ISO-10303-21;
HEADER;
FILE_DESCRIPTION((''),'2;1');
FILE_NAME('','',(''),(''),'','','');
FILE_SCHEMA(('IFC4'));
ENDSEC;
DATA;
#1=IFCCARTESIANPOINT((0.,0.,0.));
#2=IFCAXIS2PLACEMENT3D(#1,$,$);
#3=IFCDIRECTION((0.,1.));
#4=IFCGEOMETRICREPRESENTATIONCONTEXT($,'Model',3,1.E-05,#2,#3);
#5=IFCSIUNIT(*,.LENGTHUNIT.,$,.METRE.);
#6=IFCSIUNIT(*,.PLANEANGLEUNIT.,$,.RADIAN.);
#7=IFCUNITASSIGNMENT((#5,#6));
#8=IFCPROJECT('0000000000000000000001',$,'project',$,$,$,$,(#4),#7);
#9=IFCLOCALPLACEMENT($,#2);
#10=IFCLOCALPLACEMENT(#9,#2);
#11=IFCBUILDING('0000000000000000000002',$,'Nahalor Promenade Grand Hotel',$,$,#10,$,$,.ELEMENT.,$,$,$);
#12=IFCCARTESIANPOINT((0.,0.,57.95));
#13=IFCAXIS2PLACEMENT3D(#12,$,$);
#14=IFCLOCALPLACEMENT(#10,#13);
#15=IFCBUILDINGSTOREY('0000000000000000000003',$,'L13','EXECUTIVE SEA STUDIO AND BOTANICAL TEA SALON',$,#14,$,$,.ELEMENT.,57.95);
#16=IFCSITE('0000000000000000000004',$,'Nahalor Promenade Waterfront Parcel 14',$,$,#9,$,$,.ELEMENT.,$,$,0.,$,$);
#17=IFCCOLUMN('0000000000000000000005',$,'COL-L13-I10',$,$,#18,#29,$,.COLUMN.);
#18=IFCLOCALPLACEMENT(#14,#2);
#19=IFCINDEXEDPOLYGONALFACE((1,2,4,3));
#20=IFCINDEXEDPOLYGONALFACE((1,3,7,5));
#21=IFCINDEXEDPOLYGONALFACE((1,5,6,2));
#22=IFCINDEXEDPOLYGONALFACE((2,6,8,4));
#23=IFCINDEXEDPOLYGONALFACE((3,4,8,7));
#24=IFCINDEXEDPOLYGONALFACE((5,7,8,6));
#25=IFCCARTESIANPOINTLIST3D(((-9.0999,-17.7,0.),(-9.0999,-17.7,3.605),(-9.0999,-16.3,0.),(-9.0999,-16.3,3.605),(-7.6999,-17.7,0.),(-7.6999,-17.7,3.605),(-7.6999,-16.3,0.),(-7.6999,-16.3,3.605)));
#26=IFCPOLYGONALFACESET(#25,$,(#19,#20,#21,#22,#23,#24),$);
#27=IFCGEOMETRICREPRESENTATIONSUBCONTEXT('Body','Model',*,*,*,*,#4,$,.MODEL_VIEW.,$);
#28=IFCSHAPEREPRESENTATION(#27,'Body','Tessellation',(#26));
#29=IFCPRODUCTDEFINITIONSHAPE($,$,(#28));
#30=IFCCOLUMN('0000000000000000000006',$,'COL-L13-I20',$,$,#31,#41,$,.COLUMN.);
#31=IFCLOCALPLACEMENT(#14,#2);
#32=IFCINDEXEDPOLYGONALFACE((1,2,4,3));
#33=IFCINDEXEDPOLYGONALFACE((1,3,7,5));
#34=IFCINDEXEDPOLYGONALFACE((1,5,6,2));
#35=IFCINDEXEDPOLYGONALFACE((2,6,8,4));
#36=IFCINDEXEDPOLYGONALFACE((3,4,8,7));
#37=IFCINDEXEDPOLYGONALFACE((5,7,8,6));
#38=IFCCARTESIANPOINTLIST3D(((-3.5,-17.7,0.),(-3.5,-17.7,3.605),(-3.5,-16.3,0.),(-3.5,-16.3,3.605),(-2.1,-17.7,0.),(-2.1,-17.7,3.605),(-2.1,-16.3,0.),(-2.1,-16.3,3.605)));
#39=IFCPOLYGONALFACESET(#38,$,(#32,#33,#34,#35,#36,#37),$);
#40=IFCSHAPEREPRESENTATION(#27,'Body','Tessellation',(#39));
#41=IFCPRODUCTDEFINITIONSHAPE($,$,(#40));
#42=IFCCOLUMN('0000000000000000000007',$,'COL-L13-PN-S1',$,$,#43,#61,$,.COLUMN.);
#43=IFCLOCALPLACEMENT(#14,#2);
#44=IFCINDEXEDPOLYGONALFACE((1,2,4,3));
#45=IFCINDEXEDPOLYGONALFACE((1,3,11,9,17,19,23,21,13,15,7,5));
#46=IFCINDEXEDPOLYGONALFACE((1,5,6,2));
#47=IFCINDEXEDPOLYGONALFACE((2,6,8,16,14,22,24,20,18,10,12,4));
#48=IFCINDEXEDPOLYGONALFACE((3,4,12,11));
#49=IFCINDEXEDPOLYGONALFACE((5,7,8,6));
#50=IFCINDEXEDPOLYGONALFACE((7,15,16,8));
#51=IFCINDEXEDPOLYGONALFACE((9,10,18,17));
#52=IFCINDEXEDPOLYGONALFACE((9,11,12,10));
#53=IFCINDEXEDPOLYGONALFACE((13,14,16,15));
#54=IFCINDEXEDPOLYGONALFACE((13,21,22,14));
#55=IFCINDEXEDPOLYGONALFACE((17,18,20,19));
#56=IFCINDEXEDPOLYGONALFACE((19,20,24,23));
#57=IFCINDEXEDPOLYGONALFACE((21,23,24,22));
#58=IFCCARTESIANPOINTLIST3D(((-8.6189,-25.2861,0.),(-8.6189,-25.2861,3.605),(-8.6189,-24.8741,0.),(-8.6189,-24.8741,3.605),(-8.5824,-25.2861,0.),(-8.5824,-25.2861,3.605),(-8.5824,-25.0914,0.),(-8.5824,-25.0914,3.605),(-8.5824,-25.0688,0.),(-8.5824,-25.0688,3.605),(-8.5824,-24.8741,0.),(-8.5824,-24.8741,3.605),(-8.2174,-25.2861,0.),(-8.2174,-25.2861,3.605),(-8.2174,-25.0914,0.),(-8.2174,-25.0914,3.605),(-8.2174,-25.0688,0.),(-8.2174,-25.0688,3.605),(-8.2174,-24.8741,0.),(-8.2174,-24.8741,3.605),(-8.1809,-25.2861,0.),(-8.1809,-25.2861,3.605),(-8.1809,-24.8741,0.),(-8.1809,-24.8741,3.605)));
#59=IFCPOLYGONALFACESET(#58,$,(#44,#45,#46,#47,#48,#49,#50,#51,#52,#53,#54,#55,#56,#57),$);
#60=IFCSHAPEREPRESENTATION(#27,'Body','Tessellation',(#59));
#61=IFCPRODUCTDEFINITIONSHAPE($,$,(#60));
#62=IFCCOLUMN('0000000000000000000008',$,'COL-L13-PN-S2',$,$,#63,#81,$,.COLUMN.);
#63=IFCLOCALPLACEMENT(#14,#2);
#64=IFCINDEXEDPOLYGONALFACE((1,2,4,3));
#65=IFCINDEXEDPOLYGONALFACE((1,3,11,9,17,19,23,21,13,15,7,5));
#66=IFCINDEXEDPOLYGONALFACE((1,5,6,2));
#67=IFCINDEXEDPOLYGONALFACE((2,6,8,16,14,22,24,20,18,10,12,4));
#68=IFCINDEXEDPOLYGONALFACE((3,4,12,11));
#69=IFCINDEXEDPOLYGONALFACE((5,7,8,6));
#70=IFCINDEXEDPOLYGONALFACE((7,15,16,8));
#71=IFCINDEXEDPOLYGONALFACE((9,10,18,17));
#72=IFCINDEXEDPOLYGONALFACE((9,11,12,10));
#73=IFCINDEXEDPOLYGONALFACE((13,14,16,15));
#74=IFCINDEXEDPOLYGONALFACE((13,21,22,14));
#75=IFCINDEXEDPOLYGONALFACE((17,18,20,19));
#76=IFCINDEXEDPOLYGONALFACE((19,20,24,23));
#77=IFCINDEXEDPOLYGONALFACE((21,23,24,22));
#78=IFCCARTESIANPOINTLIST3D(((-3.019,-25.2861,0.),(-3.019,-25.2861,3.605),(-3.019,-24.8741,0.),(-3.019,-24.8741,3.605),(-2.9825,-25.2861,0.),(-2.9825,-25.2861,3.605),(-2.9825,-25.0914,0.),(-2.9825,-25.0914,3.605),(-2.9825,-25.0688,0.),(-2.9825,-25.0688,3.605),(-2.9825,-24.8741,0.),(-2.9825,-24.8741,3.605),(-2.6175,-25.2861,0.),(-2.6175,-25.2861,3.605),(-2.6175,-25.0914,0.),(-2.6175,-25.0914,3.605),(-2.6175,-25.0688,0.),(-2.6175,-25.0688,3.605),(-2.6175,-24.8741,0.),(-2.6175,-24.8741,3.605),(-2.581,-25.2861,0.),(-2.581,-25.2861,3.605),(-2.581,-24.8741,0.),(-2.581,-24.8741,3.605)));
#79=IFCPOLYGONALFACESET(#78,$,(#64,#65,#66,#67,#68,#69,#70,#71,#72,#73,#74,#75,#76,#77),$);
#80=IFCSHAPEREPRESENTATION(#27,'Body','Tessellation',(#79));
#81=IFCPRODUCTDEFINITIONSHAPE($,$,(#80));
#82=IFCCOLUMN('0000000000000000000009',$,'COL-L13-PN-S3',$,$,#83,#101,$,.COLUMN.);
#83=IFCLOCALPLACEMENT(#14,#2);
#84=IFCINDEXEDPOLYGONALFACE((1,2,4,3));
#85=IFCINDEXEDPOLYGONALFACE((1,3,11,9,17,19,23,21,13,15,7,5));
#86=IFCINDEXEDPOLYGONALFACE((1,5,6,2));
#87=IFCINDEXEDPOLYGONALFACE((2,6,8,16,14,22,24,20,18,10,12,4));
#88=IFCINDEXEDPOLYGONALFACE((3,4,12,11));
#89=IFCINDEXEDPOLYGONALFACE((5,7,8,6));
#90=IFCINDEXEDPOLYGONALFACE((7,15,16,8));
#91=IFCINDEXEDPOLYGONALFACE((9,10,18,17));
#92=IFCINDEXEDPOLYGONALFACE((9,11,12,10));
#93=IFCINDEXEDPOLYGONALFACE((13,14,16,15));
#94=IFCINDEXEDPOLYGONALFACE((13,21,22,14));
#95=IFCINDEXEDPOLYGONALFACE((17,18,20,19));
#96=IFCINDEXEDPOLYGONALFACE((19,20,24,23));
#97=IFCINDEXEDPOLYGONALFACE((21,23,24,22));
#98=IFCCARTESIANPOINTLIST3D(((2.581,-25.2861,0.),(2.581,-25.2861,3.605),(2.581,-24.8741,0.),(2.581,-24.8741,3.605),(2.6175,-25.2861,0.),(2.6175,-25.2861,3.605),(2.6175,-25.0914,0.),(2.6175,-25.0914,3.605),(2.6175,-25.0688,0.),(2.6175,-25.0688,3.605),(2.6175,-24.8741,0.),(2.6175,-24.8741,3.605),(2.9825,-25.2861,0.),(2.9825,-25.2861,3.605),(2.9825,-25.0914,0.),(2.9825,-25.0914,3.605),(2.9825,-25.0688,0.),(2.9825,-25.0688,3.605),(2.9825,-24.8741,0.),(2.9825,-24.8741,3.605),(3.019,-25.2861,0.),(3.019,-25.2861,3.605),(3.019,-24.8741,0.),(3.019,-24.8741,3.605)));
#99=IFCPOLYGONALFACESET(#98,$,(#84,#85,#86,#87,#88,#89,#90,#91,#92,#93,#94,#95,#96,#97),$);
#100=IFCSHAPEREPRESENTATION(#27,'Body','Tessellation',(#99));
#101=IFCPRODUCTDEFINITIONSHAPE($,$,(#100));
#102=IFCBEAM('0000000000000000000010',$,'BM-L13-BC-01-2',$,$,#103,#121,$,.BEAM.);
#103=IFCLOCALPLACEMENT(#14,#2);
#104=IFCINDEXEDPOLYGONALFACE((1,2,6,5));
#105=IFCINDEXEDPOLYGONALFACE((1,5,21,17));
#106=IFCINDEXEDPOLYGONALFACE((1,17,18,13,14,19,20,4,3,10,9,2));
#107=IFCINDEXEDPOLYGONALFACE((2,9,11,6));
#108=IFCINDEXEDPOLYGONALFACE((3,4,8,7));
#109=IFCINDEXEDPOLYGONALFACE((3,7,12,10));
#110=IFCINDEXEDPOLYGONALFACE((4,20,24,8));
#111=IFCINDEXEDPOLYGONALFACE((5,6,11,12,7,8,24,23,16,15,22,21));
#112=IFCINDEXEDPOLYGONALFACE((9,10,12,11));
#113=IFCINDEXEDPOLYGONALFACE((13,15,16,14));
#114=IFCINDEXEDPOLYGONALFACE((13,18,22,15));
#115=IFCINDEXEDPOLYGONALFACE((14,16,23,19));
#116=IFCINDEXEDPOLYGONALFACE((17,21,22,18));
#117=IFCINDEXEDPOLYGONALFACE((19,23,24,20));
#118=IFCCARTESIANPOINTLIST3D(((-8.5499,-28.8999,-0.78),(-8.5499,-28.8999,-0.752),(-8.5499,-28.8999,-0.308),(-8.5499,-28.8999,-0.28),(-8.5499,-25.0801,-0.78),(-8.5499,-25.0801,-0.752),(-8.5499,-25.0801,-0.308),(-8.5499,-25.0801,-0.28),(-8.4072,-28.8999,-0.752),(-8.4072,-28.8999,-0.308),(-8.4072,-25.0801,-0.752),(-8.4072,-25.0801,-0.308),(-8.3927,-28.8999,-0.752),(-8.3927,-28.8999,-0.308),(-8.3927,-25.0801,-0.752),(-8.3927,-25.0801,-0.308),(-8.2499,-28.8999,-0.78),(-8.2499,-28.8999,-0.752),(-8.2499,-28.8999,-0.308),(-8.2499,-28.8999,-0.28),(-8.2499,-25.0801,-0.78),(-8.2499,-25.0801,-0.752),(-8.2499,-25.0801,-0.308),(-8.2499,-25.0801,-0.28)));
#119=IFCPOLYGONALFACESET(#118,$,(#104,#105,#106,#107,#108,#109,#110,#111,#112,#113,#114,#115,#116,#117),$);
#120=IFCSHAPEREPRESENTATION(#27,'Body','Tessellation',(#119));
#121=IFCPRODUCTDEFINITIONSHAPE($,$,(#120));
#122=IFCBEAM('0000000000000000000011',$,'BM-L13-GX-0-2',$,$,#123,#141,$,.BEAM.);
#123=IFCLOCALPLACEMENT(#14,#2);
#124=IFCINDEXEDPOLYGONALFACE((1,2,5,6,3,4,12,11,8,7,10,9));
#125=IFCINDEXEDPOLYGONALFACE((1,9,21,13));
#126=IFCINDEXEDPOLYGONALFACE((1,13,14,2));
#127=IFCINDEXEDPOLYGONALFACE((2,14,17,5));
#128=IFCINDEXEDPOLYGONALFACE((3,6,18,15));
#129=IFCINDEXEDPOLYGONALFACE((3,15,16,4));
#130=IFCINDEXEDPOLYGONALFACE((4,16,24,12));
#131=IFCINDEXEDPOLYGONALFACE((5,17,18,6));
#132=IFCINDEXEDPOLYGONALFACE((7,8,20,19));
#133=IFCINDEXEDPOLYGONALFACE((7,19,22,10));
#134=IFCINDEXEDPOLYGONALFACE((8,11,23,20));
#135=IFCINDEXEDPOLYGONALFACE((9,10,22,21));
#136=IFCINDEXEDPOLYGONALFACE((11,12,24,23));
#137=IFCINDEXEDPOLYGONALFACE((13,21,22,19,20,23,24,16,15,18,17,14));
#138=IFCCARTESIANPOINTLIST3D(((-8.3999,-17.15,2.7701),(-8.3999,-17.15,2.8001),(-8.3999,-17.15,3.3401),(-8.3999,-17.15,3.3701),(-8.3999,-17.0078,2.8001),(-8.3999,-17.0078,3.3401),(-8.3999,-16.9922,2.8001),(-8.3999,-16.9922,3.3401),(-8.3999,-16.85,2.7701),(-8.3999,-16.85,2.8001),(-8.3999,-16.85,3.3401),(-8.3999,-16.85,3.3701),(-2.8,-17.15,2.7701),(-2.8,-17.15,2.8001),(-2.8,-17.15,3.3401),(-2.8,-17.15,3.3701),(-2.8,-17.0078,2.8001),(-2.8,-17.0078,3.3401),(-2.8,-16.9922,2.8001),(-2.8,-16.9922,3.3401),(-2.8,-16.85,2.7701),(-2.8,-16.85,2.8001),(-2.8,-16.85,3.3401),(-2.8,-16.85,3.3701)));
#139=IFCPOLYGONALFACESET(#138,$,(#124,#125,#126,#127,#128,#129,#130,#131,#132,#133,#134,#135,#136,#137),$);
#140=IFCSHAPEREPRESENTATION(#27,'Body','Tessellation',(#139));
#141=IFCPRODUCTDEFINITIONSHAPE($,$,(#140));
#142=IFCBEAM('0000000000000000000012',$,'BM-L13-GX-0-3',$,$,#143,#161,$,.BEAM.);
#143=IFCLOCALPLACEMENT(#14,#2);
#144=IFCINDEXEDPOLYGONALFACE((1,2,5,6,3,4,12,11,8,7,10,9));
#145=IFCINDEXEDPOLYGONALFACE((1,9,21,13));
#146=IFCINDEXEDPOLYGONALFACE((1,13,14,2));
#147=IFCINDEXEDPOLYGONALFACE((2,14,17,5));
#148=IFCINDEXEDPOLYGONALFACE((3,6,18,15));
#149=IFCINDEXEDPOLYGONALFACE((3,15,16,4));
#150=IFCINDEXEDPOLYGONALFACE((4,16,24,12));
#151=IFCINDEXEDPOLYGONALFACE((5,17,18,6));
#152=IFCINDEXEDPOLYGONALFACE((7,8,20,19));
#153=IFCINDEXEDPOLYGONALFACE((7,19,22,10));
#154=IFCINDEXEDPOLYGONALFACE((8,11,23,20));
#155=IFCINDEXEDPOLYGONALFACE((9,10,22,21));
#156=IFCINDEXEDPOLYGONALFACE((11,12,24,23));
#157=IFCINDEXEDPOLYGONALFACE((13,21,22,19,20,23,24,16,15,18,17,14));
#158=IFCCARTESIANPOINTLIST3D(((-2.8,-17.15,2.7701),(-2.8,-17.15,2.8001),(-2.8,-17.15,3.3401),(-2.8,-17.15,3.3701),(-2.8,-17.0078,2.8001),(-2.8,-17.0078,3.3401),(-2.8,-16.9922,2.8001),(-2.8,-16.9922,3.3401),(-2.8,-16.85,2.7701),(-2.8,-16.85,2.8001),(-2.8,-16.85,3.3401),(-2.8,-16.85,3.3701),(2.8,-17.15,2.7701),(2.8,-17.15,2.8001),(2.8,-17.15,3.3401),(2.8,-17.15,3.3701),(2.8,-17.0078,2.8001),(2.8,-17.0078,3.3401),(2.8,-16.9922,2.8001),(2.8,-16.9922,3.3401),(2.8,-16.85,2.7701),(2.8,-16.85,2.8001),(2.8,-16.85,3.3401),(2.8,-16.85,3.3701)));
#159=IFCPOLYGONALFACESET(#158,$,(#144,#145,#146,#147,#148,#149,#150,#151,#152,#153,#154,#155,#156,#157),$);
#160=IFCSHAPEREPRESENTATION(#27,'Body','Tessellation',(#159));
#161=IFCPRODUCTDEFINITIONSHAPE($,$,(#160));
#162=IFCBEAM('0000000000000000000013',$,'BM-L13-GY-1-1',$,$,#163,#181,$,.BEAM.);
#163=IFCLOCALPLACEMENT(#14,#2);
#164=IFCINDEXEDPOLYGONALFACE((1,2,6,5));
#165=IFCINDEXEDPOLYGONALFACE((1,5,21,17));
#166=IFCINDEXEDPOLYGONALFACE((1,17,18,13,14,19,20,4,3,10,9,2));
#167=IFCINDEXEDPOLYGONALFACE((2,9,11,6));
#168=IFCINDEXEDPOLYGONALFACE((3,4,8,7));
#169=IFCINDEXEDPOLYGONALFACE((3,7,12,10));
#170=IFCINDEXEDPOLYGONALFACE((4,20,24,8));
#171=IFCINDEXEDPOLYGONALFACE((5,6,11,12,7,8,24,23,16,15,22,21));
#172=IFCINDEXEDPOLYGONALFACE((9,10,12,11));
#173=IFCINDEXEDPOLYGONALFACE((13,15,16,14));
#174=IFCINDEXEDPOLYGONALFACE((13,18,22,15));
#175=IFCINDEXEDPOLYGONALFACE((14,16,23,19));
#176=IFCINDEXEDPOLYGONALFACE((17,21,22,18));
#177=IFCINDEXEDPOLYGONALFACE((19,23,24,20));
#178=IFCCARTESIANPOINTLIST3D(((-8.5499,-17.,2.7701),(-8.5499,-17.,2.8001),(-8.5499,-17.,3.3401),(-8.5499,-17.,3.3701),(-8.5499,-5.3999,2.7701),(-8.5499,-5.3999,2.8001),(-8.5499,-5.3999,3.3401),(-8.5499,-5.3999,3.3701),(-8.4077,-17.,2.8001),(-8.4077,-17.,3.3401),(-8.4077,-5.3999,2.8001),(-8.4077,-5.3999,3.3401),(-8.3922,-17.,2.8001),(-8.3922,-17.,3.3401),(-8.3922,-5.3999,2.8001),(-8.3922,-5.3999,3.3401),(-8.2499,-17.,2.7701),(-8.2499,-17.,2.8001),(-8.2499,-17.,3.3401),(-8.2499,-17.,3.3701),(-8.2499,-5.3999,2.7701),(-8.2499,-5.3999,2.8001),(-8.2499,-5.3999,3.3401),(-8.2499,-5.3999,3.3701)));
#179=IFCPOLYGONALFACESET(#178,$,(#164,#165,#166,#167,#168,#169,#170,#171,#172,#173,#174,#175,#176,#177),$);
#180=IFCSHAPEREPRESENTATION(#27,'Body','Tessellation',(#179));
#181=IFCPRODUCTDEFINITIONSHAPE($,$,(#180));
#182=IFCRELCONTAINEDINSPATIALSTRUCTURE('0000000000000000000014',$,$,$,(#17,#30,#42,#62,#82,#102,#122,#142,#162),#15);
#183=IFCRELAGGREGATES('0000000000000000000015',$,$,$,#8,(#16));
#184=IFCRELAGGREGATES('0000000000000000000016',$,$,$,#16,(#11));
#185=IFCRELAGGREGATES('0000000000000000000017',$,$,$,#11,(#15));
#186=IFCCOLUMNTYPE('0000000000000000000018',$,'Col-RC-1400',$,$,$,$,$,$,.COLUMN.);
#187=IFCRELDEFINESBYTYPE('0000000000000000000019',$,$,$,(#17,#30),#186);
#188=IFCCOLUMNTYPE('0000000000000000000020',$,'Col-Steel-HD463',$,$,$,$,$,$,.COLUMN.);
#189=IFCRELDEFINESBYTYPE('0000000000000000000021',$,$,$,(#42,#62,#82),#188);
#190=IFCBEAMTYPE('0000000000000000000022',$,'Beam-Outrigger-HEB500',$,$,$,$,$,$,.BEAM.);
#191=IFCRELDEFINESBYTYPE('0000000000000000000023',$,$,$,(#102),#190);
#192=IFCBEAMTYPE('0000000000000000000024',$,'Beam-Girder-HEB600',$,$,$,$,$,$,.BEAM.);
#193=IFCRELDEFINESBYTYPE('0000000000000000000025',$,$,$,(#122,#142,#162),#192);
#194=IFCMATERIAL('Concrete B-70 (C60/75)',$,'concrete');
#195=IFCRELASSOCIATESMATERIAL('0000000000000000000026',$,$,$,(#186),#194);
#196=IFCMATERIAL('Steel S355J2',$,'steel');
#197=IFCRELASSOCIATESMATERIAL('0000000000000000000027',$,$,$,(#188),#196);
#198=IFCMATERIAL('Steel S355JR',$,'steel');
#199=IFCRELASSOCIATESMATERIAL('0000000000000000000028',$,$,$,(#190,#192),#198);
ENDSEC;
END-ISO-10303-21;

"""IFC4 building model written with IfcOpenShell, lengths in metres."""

from ifc_helpers import new_model, si_unit, direction, frame, origin, origin_2d, place, context, subcontext, project, spatial, rectangle, i_section, extrude, source, transform, mapped, material, material_profile, profile_set, type_object, element, save


model = new_model("IFC4")

# Units and contexts
model_context = context("Model", 3, precision=1e-05, world=origin(), true_north=direction((0.0, 1.0)))
body_context = subcontext(model_context, "Body", "Model", "MODEL_VIEW")
ifc_project = project(units=[si_unit("LENGTHUNIT", "METRE"), si_unit("PLANEANGLEUNIT", "RADIAN")], contexts=[model_context])

# Site, building, storey
site_placement = place(None, origin())
site = spatial("IfcSite", under=ifc_project, at=site_placement, Name="Nahalor Promenade Waterfront Parcel 14", CompositionType="ELEMENT", RefElevation=0.0)
building_placement = place(site_placement, origin())
building = spatial("IfcBuilding", under=site, at=building_placement, Name="Nahalor Promenade Grand Hotel", CompositionType="ELEMENT")
storey_placement = place(building_placement, frame((0.0, 0.0, 57.95)))
storey = spatial("IfcBuildingStorey", under=building, at=storey_placement, Name="L13", Description="EXECUTIVE SEA STUDIO AND BOTANICAL TEA SALON", CompositionType="ELEMENT", Elevation=57.95)

# Columns
ifc_material_1 = material(Name="Concrete B-70 (C60/75)", Category="concrete")
ifc_material_profile_1 = material_profile(ifc_material_1, rectangle(XDim=1.4, YDim=1.4, at=origin_2d()), Name="RC 1400x1400")
ifc_profile_set_1 = profile_set([ifc_material_profile_1], Name="Concrete B-70 (C60/75)")
column_type_1 = type_object("IfcColumnType", Name="Col-RC-1400", PredefinedType="COLUMN", material=ifc_profile_set_1)
shared_shape_1 = source(origin(), body_context, "Body", "SweptSolid", [
    extrude(rectangle(XDim=1.4, YDim=1.4, at=origin_2d()), origin(), (0.0, 0.0, 1.0), 3.605),
])
for number, where, z_axis, x_axis, name in (
    (1, (-8.3999, -17.0, 0.0), (0.0, 0.0, 1.0), (1.0, 0.0, 0.0), "COL-L13-I10"),
    (2, (-2.8, -17.0, 0.0), (0.0, 0.0, 1.0), (1.0, 0.0, 0.0), "COL-L13-I20"),
):
    element("IfcColumn", number, at=place(storey_placement, frame(where, z_axis=z_axis, x_axis=x_axis)), inside=storey, type_object=column_type_1, Name=name, PredefinedType="COLUMN", context=body_context, shape_type="MappedRepresentation", body=[
        mapped(shared_shape_1, transform((0.0, 0.0, 0.0), scale=1.0)),
    ])
ifc_material_2 = material(Name="Steel S355J2", Category="steel")
ifc_material_profile_2 = material_profile(ifc_material_2, i_section(OverallWidth=0.412, OverallDepth=0.438, WebThickness=0.0226, FlangeThickness=0.0365, at=origin_2d()), Name="HD 400x463")
ifc_profile_set_2 = profile_set([ifc_material_profile_2], Name="Steel S355J2")
column_type_2 = type_object("IfcColumnType", Name="Col-Steel-HD463", PredefinedType="COLUMN", material=ifc_profile_set_2)
shared_shape_2 = source(origin(), body_context, "Body", "SweptSolid", [
    extrude(i_section(OverallWidth=0.412, OverallDepth=0.438, WebThickness=0.0226, FlangeThickness=0.0365, at=origin_2d()), origin(), (0.0, 0.0, 1.0), 3.605),
])
for number, where, z_axis, x_axis, name in (
    (3, (-8.3999, -25.0801, 0.0), (0.0, 0.0, 1.0), (0.0, 1.0, 0.0), "COL-L13-PN-S1"),
    (4, (-2.8, -25.0801, 0.0), (0.0, 0.0, 1.0), (0.0, 1.0, 0.0), "COL-L13-PN-S2"),
    (5, (2.8, -25.0801, 0.0), (0.0, 0.0, 1.0), (0.0, 1.0, 0.0), "COL-L13-PN-S3"),
):
    element("IfcColumn", number, at=place(storey_placement, frame(where, z_axis=z_axis, x_axis=x_axis)), inside=storey, type_object=column_type_2, Name=name, PredefinedType="COLUMN", context=body_context, shape_type="MappedRepresentation", body=[
        mapped(shared_shape_2, transform((0.0, 0.0, 0.0), scale=1.0)),
    ])

# Beams
ifc_material_3 = material(Name="Steel S355JR", Category="steel")
ifc_material_profile_3 = material_profile(ifc_material_3, i_section(OverallWidth=0.3, OverallDepth=0.5, WebThickness=0.0145, FlangeThickness=0.028, at=origin_2d()), Name="HEB 500")
ifc_profile_set_3 = profile_set([ifc_material_profile_3], Name="Steel S355JR")
beam_type_1 = type_object("IfcBeamType", Name="Beam-Outrigger-HEB500", PredefinedType="BEAM", material=ifc_profile_set_3)
shared_shape_3 = source(origin(), body_context, "Body", "SweptSolid", [
    extrude(i_section(OverallWidth=0.3, OverallDepth=0.5, WebThickness=0.0145, FlangeThickness=0.028, at=origin_2d()), origin(), (0.0, 0.0, 1.0), 3.8198),
])
beam_1_placement = place(storey_placement, frame((-8.3999, -28.8999, -0.53), z_axis=(0.0, 1.0, 0.0), x_axis=(-1.0, 0.0, 0.0)))
element("IfcBeam", 6, at=beam_1_placement, inside=storey, type_object=beam_type_1, Name="BM-L13-BC-01-2", PredefinedType="BEAM", context=body_context, shape_type="MappedRepresentation", body=[
    mapped(shared_shape_3, transform((0.0, 0.0, 0.0), scale=1.0)),
])
ifc_material_profile_4 = material_profile(ifc_material_3, i_section(OverallWidth=0.3, OverallDepth=0.6, WebThickness=0.0155, FlangeThickness=0.03, at=origin_2d()), Name="HEB 600")
ifc_profile_set_4 = profile_set([ifc_material_profile_4], Name="Steel S355JR")
beam_type_2 = type_object("IfcBeamType", Name="Beam-Girder-HEB600", PredefinedType="BEAM", material=ifc_profile_set_4)
shared_shape_4 = source(origin(), body_context, "Body", "SweptSolid", [
    extrude(i_section(OverallWidth=0.3, OverallDepth=0.6, WebThickness=0.0155, FlangeThickness=0.03, at=origin_2d()), origin(), (0.0, 0.0, 1.0), 5.5999),
])
beam_2_placement = place(storey_placement, frame((-8.3999, -17.0, 3.0701), z_axis=(1.0, 0.0, 0.0), x_axis=(0.0, 1.0, 0.0)))
element("IfcBeam", 7, at=beam_2_placement, inside=storey, type_object=beam_type_2, Name="BM-L13-GX-0-2", PredefinedType="BEAM", context=body_context, shape_type="MappedRepresentation", body=[
    mapped(shared_shape_4, transform((0.0, 0.0, 0.0), scale=1.0)),
])
shared_shape_5 = source(origin(), body_context, "Body", "SweptSolid", [
    extrude(i_section(OverallWidth=0.3, OverallDepth=0.6, WebThickness=0.0155, FlangeThickness=0.03, at=origin_2d()), origin(), (0.0, 0.0, 1.0), 5.6001),
])
beam_3_placement = place(storey_placement, frame((-2.8, -17.0, 3.0701), z_axis=(1.0, 0.0, 0.0), x_axis=(0.0, 1.0, 0.0)))
element("IfcBeam", 8, at=beam_3_placement, inside=storey, type_object=beam_type_2, Name="BM-L13-GX-0-3", PredefinedType="BEAM", context=body_context, shape_type="MappedRepresentation", body=[
    mapped(shared_shape_5, transform((0.0, 0.0, 0.0), scale=1.0)),
])
shared_shape_6 = source(origin(), body_context, "Body", "SweptSolid", [
    extrude(i_section(OverallWidth=0.3, OverallDepth=0.6, WebThickness=0.0155, FlangeThickness=0.03, at=origin_2d()), origin(), (0.0, 0.0, 1.0), 11.6001),
])
for number, where, z_axis, x_axis, name in (
    (9, (-8.3999, -17.0, 3.0701), (0.0, 1.0, 0.0), (-1.0, 0.0, 0.0), "BM-L13-GY-1-1"),
):
    element("IfcBeam", number, at=place(storey_placement, frame(where, z_axis=z_axis, x_axis=x_axis)), inside=storey, type_object=beam_type_2, Name=name, PredefinedType="BEAM", context=body_context, shape_type="MappedRepresentation", body=[
        mapped(shared_shape_6, transform((0.0, 0.0, 0.0), scale=1.0)),
    ])

save(model, "model.ifc")
